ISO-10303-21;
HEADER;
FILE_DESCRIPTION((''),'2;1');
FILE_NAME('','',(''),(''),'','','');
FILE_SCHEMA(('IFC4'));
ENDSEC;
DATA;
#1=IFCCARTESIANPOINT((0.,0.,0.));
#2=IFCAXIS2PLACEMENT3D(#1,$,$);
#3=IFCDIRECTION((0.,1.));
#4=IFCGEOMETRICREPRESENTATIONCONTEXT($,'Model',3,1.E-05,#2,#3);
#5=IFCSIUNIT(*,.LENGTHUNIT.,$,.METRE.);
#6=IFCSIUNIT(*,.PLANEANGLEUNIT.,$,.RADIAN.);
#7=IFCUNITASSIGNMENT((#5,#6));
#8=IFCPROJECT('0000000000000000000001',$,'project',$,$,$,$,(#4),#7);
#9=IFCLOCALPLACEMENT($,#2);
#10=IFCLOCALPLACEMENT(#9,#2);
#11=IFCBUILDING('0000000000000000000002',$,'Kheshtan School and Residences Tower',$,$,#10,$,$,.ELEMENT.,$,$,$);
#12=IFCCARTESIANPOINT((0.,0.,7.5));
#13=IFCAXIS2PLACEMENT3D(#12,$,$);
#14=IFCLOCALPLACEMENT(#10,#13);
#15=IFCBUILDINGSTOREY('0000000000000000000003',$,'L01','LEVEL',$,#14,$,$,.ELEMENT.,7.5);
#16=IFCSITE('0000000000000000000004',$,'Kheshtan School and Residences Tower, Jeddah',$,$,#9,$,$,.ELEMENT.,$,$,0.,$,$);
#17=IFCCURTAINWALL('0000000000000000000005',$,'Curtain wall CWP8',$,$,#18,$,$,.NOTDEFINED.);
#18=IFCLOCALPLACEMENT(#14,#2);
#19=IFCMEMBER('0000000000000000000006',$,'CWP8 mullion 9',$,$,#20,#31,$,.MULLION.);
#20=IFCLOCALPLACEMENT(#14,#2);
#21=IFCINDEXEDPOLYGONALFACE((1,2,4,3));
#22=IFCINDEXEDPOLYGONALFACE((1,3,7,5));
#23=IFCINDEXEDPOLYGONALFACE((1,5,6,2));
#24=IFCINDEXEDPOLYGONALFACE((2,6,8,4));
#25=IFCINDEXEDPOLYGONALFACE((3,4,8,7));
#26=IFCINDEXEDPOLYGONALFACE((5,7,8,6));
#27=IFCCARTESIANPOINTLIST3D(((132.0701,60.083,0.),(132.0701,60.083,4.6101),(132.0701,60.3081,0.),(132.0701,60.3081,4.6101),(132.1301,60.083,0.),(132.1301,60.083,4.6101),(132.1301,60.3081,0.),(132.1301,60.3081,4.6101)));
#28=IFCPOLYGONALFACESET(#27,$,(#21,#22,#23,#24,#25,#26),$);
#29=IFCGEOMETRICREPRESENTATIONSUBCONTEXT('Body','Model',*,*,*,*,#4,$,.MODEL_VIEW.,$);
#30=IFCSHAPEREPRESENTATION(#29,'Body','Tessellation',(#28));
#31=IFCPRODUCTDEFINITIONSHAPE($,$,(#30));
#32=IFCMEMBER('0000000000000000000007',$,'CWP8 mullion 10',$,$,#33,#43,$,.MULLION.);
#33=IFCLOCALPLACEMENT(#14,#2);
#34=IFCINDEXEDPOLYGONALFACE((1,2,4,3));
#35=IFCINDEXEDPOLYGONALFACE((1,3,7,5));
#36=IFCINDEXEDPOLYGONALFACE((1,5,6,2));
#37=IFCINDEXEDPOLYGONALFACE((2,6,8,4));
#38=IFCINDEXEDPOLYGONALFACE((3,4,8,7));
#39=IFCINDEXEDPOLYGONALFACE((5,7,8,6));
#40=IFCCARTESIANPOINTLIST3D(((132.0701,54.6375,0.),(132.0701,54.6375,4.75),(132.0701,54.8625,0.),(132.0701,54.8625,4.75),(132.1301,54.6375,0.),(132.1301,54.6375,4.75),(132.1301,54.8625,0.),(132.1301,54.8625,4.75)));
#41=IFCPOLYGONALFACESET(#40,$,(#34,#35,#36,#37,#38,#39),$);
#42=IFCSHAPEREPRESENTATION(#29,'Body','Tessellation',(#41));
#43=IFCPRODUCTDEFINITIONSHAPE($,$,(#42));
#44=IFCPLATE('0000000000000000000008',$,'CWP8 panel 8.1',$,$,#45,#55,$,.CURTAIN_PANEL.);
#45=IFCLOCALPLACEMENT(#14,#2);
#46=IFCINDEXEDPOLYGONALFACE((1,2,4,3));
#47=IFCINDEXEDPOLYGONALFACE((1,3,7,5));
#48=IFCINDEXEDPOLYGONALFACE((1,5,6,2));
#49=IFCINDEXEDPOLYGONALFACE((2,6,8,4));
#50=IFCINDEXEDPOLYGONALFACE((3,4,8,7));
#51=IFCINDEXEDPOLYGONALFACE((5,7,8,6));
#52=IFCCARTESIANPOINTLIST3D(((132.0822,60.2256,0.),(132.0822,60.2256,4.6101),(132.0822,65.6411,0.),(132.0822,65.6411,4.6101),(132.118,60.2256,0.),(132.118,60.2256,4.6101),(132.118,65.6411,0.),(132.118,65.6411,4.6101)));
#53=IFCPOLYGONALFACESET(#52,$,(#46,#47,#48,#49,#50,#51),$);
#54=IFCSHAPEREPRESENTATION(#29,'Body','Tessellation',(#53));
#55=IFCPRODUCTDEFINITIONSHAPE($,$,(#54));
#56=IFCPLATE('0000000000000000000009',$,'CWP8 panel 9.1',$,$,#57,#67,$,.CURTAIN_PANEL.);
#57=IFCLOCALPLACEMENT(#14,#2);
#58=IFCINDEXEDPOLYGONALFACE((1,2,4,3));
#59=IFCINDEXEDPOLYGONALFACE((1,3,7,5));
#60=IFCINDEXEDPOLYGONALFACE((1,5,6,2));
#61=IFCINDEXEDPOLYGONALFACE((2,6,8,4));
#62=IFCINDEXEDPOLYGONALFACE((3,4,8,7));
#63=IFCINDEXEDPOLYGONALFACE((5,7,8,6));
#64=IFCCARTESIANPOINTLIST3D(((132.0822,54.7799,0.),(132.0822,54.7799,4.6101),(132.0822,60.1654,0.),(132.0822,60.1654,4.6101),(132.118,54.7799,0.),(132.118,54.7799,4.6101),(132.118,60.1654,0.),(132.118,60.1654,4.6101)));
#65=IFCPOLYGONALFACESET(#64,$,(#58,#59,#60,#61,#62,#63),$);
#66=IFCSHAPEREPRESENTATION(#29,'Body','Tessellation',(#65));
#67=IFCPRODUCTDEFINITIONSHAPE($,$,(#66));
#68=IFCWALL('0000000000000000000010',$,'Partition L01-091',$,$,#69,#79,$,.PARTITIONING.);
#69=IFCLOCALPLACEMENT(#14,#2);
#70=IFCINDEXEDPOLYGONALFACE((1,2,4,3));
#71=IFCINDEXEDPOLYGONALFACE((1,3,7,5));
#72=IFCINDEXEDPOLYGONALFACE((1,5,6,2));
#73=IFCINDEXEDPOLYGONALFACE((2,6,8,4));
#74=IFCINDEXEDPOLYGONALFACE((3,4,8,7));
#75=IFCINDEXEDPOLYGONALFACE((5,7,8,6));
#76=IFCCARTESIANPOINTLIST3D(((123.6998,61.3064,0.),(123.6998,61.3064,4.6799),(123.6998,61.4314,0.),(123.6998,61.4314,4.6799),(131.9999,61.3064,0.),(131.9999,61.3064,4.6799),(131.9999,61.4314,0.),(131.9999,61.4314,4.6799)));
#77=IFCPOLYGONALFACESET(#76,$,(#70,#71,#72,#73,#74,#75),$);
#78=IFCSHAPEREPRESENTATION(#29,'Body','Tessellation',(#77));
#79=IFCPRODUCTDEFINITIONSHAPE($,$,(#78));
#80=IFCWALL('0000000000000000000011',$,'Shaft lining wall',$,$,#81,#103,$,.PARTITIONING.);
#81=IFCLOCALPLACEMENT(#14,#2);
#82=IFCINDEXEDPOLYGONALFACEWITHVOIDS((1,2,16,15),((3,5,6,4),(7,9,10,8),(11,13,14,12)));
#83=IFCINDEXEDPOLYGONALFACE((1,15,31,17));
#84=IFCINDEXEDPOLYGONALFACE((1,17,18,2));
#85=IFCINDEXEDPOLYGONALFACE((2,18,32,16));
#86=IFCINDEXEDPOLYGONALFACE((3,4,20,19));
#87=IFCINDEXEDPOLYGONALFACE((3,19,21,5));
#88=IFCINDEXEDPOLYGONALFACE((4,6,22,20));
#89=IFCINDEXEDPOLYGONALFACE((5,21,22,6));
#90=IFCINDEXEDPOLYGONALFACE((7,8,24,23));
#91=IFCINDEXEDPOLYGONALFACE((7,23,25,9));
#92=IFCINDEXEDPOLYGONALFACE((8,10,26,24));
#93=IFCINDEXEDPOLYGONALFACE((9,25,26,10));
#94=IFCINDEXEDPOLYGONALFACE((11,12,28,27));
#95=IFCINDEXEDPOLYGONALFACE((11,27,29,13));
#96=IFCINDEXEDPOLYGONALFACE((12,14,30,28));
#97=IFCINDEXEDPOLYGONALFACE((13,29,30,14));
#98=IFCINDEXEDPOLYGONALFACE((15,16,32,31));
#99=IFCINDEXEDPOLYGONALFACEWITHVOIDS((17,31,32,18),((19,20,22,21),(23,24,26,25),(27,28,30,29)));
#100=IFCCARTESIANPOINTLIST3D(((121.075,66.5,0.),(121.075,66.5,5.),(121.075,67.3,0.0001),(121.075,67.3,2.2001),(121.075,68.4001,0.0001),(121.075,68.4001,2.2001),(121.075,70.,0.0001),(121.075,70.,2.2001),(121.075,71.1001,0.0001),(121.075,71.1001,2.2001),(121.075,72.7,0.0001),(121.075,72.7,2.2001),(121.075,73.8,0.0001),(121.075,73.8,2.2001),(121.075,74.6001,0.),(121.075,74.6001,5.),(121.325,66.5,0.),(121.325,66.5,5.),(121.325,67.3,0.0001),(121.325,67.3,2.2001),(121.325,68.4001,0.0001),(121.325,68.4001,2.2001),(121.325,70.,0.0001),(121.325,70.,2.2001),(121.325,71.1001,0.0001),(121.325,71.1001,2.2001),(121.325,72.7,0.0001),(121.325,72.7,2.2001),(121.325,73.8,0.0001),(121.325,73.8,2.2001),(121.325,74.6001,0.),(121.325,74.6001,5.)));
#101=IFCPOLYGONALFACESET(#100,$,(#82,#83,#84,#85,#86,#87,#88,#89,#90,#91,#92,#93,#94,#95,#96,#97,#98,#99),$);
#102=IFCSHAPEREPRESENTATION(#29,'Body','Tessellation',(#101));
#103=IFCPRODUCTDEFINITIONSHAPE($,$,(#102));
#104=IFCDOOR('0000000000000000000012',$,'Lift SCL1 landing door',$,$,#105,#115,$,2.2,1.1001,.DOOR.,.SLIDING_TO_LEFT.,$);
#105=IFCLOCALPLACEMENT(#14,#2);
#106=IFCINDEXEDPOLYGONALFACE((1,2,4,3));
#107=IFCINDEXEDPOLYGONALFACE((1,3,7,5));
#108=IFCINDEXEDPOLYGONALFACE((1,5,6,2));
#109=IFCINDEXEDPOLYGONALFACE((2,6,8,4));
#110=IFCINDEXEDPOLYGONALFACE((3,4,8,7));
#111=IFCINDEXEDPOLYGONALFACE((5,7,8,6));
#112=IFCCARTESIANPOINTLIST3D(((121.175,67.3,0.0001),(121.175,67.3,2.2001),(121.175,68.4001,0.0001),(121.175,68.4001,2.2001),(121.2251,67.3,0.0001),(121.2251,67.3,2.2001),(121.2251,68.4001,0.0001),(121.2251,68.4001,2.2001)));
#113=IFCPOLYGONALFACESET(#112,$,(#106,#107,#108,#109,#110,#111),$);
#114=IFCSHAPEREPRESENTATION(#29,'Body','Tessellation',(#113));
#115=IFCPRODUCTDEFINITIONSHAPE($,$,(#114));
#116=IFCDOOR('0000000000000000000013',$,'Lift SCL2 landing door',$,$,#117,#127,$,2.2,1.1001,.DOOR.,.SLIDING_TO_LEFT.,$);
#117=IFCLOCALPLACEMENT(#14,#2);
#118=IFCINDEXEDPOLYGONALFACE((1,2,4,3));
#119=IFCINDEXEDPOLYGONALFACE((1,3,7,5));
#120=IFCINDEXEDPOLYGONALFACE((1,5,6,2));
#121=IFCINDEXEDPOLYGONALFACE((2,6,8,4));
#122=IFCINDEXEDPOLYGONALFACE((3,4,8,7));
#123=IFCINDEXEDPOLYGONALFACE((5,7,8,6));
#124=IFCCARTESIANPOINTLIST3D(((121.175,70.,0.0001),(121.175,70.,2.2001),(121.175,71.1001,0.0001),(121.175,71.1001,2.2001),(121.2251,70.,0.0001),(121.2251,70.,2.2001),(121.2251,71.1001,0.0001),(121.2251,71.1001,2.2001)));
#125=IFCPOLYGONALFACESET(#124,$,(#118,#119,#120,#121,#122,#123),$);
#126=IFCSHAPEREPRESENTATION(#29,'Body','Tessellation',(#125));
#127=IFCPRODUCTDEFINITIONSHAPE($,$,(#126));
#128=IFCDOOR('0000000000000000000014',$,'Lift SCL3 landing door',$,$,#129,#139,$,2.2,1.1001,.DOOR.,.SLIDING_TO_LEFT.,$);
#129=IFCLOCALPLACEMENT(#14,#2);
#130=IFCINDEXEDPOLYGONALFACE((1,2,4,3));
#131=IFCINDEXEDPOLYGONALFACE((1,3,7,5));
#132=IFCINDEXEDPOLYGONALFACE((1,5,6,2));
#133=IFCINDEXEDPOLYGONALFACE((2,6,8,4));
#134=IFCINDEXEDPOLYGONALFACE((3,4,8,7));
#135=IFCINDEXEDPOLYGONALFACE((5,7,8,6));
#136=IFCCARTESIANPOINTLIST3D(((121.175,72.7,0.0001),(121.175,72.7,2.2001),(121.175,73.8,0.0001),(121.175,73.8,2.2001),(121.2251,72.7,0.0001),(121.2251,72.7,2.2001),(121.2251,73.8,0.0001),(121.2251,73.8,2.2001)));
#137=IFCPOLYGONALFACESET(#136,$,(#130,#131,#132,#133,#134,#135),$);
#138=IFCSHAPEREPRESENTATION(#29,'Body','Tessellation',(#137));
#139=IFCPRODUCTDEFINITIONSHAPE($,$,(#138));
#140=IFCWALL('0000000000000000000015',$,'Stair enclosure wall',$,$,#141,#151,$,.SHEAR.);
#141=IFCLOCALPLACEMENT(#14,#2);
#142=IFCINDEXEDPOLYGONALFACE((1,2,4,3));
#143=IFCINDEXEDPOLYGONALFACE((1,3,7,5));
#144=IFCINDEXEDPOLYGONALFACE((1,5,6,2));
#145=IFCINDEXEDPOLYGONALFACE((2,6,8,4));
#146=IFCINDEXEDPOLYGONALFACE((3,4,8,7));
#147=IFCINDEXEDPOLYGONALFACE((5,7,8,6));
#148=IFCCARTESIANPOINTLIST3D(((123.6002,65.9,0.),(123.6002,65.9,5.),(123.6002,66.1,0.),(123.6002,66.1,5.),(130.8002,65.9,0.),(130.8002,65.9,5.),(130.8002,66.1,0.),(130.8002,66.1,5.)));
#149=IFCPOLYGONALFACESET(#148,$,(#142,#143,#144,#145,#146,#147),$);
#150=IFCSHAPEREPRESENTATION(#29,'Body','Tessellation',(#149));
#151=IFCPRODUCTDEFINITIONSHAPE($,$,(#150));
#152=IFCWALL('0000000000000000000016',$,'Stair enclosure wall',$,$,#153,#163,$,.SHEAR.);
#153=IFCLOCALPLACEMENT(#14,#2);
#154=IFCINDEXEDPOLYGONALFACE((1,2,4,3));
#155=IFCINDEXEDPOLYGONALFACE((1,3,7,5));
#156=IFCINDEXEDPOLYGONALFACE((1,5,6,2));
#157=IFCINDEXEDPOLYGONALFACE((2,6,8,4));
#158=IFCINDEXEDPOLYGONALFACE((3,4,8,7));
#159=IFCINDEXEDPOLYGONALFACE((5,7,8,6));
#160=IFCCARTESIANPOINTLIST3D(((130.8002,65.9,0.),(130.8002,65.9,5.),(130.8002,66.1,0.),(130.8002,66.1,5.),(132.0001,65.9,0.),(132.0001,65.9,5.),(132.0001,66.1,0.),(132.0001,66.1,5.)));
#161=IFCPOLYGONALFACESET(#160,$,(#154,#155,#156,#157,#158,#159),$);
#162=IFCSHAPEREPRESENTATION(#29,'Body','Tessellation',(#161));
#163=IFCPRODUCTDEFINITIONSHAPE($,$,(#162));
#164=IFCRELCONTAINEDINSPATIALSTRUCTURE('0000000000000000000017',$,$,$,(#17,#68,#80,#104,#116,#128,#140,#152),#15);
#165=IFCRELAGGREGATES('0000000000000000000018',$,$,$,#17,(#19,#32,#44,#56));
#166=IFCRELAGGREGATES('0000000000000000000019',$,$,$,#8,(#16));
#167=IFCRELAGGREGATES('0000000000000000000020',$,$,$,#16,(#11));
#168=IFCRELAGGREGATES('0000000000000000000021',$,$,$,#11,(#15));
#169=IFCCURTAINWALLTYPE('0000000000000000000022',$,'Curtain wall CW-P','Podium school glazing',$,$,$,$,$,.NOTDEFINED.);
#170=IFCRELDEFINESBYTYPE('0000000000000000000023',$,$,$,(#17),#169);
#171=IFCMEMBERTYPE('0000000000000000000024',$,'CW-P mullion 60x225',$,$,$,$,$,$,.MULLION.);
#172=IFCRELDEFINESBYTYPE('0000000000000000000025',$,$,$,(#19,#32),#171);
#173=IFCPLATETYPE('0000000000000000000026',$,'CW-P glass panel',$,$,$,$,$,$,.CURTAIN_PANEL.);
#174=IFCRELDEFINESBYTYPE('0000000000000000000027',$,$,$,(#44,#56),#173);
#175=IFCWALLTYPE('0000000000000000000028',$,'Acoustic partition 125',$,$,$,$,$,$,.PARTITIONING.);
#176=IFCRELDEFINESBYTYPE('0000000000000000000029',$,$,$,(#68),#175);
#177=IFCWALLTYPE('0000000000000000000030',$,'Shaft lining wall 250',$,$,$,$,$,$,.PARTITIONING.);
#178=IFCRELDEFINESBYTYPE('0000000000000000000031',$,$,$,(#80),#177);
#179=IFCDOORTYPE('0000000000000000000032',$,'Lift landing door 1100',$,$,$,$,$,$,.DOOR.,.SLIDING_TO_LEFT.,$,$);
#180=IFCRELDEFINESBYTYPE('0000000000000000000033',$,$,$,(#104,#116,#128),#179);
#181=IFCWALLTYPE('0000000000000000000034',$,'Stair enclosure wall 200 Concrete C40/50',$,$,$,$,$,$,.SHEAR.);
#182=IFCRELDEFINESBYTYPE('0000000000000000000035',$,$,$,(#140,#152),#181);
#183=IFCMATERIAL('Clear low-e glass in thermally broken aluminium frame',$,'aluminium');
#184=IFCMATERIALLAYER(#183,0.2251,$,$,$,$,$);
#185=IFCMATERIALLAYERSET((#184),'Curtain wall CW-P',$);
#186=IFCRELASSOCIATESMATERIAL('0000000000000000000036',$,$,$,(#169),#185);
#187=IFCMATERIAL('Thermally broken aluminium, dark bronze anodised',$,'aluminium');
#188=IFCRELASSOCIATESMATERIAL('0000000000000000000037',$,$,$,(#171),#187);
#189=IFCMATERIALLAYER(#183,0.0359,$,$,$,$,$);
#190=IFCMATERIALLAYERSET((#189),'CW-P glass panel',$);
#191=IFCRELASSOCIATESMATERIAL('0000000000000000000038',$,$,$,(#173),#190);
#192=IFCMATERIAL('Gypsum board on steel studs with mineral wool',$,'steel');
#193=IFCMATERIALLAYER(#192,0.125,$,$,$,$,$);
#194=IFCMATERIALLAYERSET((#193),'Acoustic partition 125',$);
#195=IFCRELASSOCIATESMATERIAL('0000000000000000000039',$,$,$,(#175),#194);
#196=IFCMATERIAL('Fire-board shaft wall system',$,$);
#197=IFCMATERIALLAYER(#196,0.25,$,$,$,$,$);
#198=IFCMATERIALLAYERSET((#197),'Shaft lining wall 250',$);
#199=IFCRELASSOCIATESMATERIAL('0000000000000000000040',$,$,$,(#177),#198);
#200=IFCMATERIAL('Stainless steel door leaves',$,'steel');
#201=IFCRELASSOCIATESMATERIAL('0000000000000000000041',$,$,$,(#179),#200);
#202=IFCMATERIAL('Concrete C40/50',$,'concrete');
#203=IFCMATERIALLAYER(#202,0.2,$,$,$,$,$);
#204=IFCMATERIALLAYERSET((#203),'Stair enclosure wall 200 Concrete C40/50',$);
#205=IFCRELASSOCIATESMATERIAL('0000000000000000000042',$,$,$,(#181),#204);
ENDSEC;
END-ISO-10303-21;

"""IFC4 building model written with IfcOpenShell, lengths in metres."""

from ifc_helpers import new_model, si_unit, direction, frame, frame_2d, origin, origin_2d, place, context, subcontext, project, spatial, rectangle, extrude, source, transform, mapped, material, layer, layer_set, material_profile, profile_set, type_object, element, fill, aggregate, save


model = new_model("IFC4")

# Units and contexts
model_context = context("Model", 3, precision=1e-05, world=origin(), true_north=direction((0.0, 1.0)))
body_context = subcontext(model_context, "Body", "Model", "MODEL_VIEW")
ifc_project = project(units=[si_unit("LENGTHUNIT", "METRE"), si_unit("PLANEANGLEUNIT", "RADIAN")], contexts=[model_context])

# Site, building, storey
site_placement = place(None, origin())
site = spatial("IfcSite", under=ifc_project, at=site_placement, Name="Kheshtan School and Residences Tower, Jeddah", CompositionType="ELEMENT", RefElevation=0.0)
building_placement = place(site_placement, origin())
building = spatial("IfcBuilding", under=site, at=building_placement, Name="Kheshtan School and Residences Tower", CompositionType="ELEMENT")
storey_placement = place(building_placement, frame((0.0, 0.0, 7.5)))
storey = spatial("IfcBuildingStorey", under=building, at=storey_placement, Name="L01", Description="LEVEL", CompositionType="ELEMENT", Elevation=7.5)

# Curtain wall, members, plates
ifc_material_1 = material(Name="Clear low-e glass in thermally broken aluminium frame", Category="aluminium")
ifc_layer_1 = layer(ifc_material_1, 0.2251)
ifc_layer_set_1 = layer_set([ifc_layer_1], Name="Curtain wall CW-P")
curtain_wall_type = type_object("IfcCurtainWallType", Name="Curtain wall CW-P", Description="Podium school glazing", PredefinedType="NOTDEFINED", material=ifc_layer_set_1)
curtain_wall_placement = place(storey_placement, origin())
curtain_wall = element("IfcCurtainWall", 1, at=curtain_wall_placement, inside=storey, type_object=curtain_wall_type, Name="Curtain wall CWP8", PredefinedType="NOTDEFINED")
ifc_material_2 = material(Name="Thermally broken aluminium, dark bronze anodised", Category="aluminium")
ifc_material_profile_1 = material_profile(ifc_material_2, rectangle(XDim=0.0601, YDim=0.2251, at=origin_2d()), Name="CW-P mullion 60x225")
ifc_profile_set_1 = profile_set([ifc_material_profile_1], Name="Thermally broken aluminium, dark bronze anodised")
member_type = type_object("IfcMemberType", Name="CW-P mullion 60x225", PredefinedType="MULLION", material=ifc_profile_set_1)
member_1_placement = place(storey_placement, frame((132.1001, 60.1956, 0.0), z_axis=(0.0, 0.0, 1.0), x_axis=(1.0, 0.0, 0.0)))
member_1 = element("IfcMember", 2, at=member_1_placement, type_object=member_type, Name="CWP8 mullion 9", PredefinedType="MULLION", context=body_context, shape_type="SweptSolid", body=[
    extrude(rectangle(XDim=0.0601, YDim=0.2251, at=origin_2d()), origin(), (0.0, 0.0, 1.0), 4.6101),
])
member_2_placement = place(storey_placement, frame((132.1001, 54.75, 0.0), z_axis=(0.0, 0.0, 1.0), x_axis=(1.0, 0.0, 0.0)))
member_2 = element("IfcMember", 3, at=member_2_placement, type_object=member_type, Name="CWP8 mullion 10", PredefinedType="MULLION", context=body_context, shape_type="SweptSolid", body=[
    extrude(rectangle(XDim=0.0601, YDim=0.2251, at=origin_2d()), origin(), (0.0, 0.0, 1.0), 4.75),
])
ifc_layer_2 = layer(ifc_material_1, 0.0359)
ifc_layer_set_2 = layer_set([ifc_layer_2], Name="CW-P glass panel")
plate_type = type_object("IfcPlateType", Name="CW-P glass panel", PredefinedType="CURTAIN_PANEL", material=ifc_layer_set_2)
plate_1_placement = place(storey_placement, frame((132.1001, 62.9333, 0.0), z_axis=(0.0, 0.0, 1.0), x_axis=(0.0, -1.0, 0.0)))
plate_1 = element("IfcPlate", 4, at=plate_1_placement, type_object=plate_type, Name="CWP8 panel 8.1", PredefinedType="CURTAIN_PANEL", context=body_context, shape_type="SweptSolid", body=[
    extrude(rectangle(XDim=5.4155, YDim=0.0359, at=origin_2d()), origin(), (0.0, 0.0, 1.0), 4.6101),
])
plate_2_placement = place(storey_placement, frame((132.1001, 57.4727, 0.0), z_axis=(0.0, 0.0, 1.0), x_axis=(0.0, -1.0, 0.0)))
plate_2 = element("IfcPlate", 5, at=plate_2_placement, type_object=plate_type, Name="CWP8 panel 9.1", PredefinedType="CURTAIN_PANEL", context=body_context, shape_type="SweptSolid", body=[
    extrude(rectangle(XDim=5.3855, YDim=0.0359, at=origin_2d()), origin(), (0.0, 0.0, 1.0), 4.6101),
])
aggregate(curtain_wall, [member_1, member_2, plate_1, plate_2])

# Wall
ifc_material_3 = material(Name="Gypsum board on steel studs with mineral wool", Category="steel")
ifc_layer_3 = layer(ifc_material_3, 0.125)
ifc_layer_set_3 = layer_set([ifc_layer_3], Name="Acoustic partition 125")
wall_type_1 = type_object("IfcWallType", Name="Acoustic partition 125", PredefinedType="PARTITIONING", material=ifc_layer_set_3)
wall_1_placement = place(storey_placement, frame((123.7, 61.3689, 0.0), z_axis=(0.0, 0.0, 1.0), x_axis=(1.0, 0.0, 0.0)))
element("IfcWall", 6, at=wall_1_placement, inside=storey, type_object=wall_type_1, Name="Partition L01-091", PredefinedType="PARTITIONING", context=body_context, shape_type="SweptSolid", body=[
    extrude(rectangle(XDim=8.3, YDim=0.125, at=frame_2d((4.1499, 0.0))), origin(), (0.0, 0.0, 1.0), 4.6799),
])

# Wall, openings, doors
ifc_material_4 = material(Name="Fire-board shaft wall system")
ifc_layer_4 = layer(ifc_material_4, 0.25)
ifc_layer_set_4 = layer_set([ifc_layer_4], Name="Shaft lining wall 250")
wall_type_2 = type_object("IfcWallType", Name="Shaft lining wall 250", PredefinedType="PARTITIONING", material=ifc_layer_set_4)
wall_2_placement = place(storey_placement, frame((121.2, 66.5, 0.0), z_axis=(0.0, 0.0, 1.0), x_axis=(0.0, 1.0, 0.0)))
wall_2 = element("IfcWall", 7, at=wall_2_placement, inside=storey, type_object=wall_type_2, Name="Shaft lining wall", PredefinedType="PARTITIONING", context=body_context, shape_type="SweptSolid", body=[
    extrude(rectangle(XDim=8.1001, YDim=0.25, at=frame_2d((4.05, 0.0))), origin(), (0.0, 0.0, 1.0), 5.0),
])
opening_1_placement = place(wall_2_placement, frame((0.8, 0.0, 0.0)))
opening_1 = element("IfcOpeningElement", 8, at=opening_1_placement, cuts=wall_2, PredefinedType="OPENING", context=body_context, shape_type="SweptSolid", body=[
    extrude(rectangle(XDim=1.1001, YDim=2.2, at=frame_2d((0.55, 1.1001))), frame((0.0, 0.135, 0.0), z_axis=(0.0, -1.0, 0.0), x_axis=(1.0, 0.0, 0.0)), (0.0, 0.0, 1.0), 0.27),
])
opening_2_placement = place(wall_2_placement, frame((3.5, 0.0, 0.0)))
opening_2 = element("IfcOpeningElement", 9, at=opening_2_placement, cuts=wall_2, PredefinedType="OPENING", context=body_context, shape_type="SweptSolid", body=[
    extrude(rectangle(XDim=1.1001, YDim=2.2, at=frame_2d((0.55, 1.1001))), frame((0.0, 0.135, 0.0), z_axis=(0.0, -1.0, 0.0), x_axis=(1.0, 0.0, 0.0)), (0.0, 0.0, 1.0), 0.27),
])
opening_3_placement = place(wall_2_placement, frame((6.2, 0.0, 0.0)))
opening_3 = element("IfcOpeningElement", 10, at=opening_3_placement, cuts=wall_2, PredefinedType="OPENING", context=body_context, shape_type="SweptSolid", body=[
    extrude(rectangle(XDim=1.1001, YDim=2.2, at=frame_2d((0.55, 1.1001))), frame((0.0, 0.135, 0.0), z_axis=(0.0, -1.0, 0.0), x_axis=(1.0, 0.0, 0.0)), (0.0, 0.0, 1.0), 0.27),
])
ifc_material_5 = material(Name="Stainless steel door leaves", Category="steel")
door_type_1 = type_object("IfcDoorType", Name="Lift landing door 1100", OperationType="SLIDING_TO_LEFT", PredefinedType="DOOR", material=ifc_material_5)
shared_shape_1 = source(origin(), body_context, "Body", "SweptSolid", [
    extrude(rectangle(XDim=1.1001, YDim=2.2, at=frame_2d((0.55, 1.1001))), frame((0.0, 0.0249, 0.0), z_axis=(0.0, -1.0, 0.0), x_axis=(1.0, 0.0, 0.0)), (0.0, 0.0, 1.0), 0.05),
])
door_1_placement = place(opening_1_placement, origin())
door_1 = element("IfcDoor", 11, at=door_1_placement, inside=storey, type_object=door_type_1, Name="Lift SCL1 landing door", OperationType="SLIDING_TO_LEFT", OverallHeight=2.2, OverallWidth=1.1001, PredefinedType="DOOR", context=body_context, shape_type="MappedRepresentation", body=[
    mapped(shared_shape_1, transform((0.0, 0.0, 0.0), x_axis=(1.0, 0.0, 0.0), y_axis=(0.0, 1.0, 0.0), z_axis=(0.0, 0.0, 1.0), scale=1.0)),
])
fill(opening_1, door_1)
door_2_placement = place(opening_2_placement, origin())
door_2 = element("IfcDoor", 12, at=door_2_placement, inside=storey, type_object=door_type_1, Name="Lift SCL2 landing door", OperationType="SLIDING_TO_LEFT", OverallHeight=2.2, OverallWidth=1.1001, PredefinedType="DOOR", context=body_context, shape_type="MappedRepresentation", body=[
    mapped(shared_shape_1, transform((0.0, 0.0, 0.0), x_axis=(1.0, 0.0, 0.0), y_axis=(0.0, 1.0, 0.0), z_axis=(0.0, 0.0, 1.0), scale=1.0)),
])
fill(opening_2, door_2)
door_3_placement = place(opening_3_placement, origin())
door_3 = element("IfcDoor", 13, at=door_3_placement, inside=storey, type_object=door_type_1, Name="Lift SCL3 landing door", OperationType="SLIDING_TO_LEFT", OverallHeight=2.2, OverallWidth=1.1001, PredefinedType="DOOR", context=body_context, shape_type="MappedRepresentation", body=[
    mapped(shared_shape_1, transform((0.0, 0.0, 0.0), x_axis=(1.0, 0.0, 0.0), y_axis=(0.0, 1.0, 0.0), z_axis=(0.0, 0.0, 1.0), scale=1.0)),
])
fill(opening_3, door_3)

# Walls
ifc_material_6 = material(Name="Concrete C40/50", Category="concrete")
ifc_layer_5 = layer(ifc_material_6, 0.2)
ifc_layer_set_5 = layer_set([ifc_layer_5], Name="Stair enclosure wall 200 Concrete C40/50")
wall_type_3 = type_object("IfcWallType", Name="Stair enclosure wall 200 Concrete C40/50", PredefinedType="SHEAR", material=ifc_layer_set_5)
wall_3_placement = place(storey_placement, frame((123.6001, 66.0, 0.0), z_axis=(0.0, 0.0, 1.0), x_axis=(1.0, 0.0, 0.0)))
element("IfcWall", 14, at=wall_3_placement, inside=storey, type_object=wall_type_3, Name="Stair enclosure wall", PredefinedType="SHEAR", context=body_context, shape_type="SweptSolid", body=[
    extrude(rectangle(XDim=7.2, YDim=0.2, at=frame_2d((3.6001, 0.0))), origin(), (0.0, 0.0, 1.0), 5.0),
])
wall_4_placement = place(storey_placement, frame((130.8, 66.0, 0.0), z_axis=(0.0, 0.0, 1.0), x_axis=(1.0, 0.0, 0.0)))
element("IfcWall", 15, at=wall_4_placement, inside=storey, type_object=wall_type_3, Name="Stair enclosure wall", PredefinedType="SHEAR", context=body_context, shape_type="SweptSolid", body=[
    extrude(rectangle(XDim=1.2, YDim=0.2, at=frame_2d((0.6001, 0.0))), origin(), (0.0, 0.0, 1.0), 5.0),
])

save(model, "model.ifc")
